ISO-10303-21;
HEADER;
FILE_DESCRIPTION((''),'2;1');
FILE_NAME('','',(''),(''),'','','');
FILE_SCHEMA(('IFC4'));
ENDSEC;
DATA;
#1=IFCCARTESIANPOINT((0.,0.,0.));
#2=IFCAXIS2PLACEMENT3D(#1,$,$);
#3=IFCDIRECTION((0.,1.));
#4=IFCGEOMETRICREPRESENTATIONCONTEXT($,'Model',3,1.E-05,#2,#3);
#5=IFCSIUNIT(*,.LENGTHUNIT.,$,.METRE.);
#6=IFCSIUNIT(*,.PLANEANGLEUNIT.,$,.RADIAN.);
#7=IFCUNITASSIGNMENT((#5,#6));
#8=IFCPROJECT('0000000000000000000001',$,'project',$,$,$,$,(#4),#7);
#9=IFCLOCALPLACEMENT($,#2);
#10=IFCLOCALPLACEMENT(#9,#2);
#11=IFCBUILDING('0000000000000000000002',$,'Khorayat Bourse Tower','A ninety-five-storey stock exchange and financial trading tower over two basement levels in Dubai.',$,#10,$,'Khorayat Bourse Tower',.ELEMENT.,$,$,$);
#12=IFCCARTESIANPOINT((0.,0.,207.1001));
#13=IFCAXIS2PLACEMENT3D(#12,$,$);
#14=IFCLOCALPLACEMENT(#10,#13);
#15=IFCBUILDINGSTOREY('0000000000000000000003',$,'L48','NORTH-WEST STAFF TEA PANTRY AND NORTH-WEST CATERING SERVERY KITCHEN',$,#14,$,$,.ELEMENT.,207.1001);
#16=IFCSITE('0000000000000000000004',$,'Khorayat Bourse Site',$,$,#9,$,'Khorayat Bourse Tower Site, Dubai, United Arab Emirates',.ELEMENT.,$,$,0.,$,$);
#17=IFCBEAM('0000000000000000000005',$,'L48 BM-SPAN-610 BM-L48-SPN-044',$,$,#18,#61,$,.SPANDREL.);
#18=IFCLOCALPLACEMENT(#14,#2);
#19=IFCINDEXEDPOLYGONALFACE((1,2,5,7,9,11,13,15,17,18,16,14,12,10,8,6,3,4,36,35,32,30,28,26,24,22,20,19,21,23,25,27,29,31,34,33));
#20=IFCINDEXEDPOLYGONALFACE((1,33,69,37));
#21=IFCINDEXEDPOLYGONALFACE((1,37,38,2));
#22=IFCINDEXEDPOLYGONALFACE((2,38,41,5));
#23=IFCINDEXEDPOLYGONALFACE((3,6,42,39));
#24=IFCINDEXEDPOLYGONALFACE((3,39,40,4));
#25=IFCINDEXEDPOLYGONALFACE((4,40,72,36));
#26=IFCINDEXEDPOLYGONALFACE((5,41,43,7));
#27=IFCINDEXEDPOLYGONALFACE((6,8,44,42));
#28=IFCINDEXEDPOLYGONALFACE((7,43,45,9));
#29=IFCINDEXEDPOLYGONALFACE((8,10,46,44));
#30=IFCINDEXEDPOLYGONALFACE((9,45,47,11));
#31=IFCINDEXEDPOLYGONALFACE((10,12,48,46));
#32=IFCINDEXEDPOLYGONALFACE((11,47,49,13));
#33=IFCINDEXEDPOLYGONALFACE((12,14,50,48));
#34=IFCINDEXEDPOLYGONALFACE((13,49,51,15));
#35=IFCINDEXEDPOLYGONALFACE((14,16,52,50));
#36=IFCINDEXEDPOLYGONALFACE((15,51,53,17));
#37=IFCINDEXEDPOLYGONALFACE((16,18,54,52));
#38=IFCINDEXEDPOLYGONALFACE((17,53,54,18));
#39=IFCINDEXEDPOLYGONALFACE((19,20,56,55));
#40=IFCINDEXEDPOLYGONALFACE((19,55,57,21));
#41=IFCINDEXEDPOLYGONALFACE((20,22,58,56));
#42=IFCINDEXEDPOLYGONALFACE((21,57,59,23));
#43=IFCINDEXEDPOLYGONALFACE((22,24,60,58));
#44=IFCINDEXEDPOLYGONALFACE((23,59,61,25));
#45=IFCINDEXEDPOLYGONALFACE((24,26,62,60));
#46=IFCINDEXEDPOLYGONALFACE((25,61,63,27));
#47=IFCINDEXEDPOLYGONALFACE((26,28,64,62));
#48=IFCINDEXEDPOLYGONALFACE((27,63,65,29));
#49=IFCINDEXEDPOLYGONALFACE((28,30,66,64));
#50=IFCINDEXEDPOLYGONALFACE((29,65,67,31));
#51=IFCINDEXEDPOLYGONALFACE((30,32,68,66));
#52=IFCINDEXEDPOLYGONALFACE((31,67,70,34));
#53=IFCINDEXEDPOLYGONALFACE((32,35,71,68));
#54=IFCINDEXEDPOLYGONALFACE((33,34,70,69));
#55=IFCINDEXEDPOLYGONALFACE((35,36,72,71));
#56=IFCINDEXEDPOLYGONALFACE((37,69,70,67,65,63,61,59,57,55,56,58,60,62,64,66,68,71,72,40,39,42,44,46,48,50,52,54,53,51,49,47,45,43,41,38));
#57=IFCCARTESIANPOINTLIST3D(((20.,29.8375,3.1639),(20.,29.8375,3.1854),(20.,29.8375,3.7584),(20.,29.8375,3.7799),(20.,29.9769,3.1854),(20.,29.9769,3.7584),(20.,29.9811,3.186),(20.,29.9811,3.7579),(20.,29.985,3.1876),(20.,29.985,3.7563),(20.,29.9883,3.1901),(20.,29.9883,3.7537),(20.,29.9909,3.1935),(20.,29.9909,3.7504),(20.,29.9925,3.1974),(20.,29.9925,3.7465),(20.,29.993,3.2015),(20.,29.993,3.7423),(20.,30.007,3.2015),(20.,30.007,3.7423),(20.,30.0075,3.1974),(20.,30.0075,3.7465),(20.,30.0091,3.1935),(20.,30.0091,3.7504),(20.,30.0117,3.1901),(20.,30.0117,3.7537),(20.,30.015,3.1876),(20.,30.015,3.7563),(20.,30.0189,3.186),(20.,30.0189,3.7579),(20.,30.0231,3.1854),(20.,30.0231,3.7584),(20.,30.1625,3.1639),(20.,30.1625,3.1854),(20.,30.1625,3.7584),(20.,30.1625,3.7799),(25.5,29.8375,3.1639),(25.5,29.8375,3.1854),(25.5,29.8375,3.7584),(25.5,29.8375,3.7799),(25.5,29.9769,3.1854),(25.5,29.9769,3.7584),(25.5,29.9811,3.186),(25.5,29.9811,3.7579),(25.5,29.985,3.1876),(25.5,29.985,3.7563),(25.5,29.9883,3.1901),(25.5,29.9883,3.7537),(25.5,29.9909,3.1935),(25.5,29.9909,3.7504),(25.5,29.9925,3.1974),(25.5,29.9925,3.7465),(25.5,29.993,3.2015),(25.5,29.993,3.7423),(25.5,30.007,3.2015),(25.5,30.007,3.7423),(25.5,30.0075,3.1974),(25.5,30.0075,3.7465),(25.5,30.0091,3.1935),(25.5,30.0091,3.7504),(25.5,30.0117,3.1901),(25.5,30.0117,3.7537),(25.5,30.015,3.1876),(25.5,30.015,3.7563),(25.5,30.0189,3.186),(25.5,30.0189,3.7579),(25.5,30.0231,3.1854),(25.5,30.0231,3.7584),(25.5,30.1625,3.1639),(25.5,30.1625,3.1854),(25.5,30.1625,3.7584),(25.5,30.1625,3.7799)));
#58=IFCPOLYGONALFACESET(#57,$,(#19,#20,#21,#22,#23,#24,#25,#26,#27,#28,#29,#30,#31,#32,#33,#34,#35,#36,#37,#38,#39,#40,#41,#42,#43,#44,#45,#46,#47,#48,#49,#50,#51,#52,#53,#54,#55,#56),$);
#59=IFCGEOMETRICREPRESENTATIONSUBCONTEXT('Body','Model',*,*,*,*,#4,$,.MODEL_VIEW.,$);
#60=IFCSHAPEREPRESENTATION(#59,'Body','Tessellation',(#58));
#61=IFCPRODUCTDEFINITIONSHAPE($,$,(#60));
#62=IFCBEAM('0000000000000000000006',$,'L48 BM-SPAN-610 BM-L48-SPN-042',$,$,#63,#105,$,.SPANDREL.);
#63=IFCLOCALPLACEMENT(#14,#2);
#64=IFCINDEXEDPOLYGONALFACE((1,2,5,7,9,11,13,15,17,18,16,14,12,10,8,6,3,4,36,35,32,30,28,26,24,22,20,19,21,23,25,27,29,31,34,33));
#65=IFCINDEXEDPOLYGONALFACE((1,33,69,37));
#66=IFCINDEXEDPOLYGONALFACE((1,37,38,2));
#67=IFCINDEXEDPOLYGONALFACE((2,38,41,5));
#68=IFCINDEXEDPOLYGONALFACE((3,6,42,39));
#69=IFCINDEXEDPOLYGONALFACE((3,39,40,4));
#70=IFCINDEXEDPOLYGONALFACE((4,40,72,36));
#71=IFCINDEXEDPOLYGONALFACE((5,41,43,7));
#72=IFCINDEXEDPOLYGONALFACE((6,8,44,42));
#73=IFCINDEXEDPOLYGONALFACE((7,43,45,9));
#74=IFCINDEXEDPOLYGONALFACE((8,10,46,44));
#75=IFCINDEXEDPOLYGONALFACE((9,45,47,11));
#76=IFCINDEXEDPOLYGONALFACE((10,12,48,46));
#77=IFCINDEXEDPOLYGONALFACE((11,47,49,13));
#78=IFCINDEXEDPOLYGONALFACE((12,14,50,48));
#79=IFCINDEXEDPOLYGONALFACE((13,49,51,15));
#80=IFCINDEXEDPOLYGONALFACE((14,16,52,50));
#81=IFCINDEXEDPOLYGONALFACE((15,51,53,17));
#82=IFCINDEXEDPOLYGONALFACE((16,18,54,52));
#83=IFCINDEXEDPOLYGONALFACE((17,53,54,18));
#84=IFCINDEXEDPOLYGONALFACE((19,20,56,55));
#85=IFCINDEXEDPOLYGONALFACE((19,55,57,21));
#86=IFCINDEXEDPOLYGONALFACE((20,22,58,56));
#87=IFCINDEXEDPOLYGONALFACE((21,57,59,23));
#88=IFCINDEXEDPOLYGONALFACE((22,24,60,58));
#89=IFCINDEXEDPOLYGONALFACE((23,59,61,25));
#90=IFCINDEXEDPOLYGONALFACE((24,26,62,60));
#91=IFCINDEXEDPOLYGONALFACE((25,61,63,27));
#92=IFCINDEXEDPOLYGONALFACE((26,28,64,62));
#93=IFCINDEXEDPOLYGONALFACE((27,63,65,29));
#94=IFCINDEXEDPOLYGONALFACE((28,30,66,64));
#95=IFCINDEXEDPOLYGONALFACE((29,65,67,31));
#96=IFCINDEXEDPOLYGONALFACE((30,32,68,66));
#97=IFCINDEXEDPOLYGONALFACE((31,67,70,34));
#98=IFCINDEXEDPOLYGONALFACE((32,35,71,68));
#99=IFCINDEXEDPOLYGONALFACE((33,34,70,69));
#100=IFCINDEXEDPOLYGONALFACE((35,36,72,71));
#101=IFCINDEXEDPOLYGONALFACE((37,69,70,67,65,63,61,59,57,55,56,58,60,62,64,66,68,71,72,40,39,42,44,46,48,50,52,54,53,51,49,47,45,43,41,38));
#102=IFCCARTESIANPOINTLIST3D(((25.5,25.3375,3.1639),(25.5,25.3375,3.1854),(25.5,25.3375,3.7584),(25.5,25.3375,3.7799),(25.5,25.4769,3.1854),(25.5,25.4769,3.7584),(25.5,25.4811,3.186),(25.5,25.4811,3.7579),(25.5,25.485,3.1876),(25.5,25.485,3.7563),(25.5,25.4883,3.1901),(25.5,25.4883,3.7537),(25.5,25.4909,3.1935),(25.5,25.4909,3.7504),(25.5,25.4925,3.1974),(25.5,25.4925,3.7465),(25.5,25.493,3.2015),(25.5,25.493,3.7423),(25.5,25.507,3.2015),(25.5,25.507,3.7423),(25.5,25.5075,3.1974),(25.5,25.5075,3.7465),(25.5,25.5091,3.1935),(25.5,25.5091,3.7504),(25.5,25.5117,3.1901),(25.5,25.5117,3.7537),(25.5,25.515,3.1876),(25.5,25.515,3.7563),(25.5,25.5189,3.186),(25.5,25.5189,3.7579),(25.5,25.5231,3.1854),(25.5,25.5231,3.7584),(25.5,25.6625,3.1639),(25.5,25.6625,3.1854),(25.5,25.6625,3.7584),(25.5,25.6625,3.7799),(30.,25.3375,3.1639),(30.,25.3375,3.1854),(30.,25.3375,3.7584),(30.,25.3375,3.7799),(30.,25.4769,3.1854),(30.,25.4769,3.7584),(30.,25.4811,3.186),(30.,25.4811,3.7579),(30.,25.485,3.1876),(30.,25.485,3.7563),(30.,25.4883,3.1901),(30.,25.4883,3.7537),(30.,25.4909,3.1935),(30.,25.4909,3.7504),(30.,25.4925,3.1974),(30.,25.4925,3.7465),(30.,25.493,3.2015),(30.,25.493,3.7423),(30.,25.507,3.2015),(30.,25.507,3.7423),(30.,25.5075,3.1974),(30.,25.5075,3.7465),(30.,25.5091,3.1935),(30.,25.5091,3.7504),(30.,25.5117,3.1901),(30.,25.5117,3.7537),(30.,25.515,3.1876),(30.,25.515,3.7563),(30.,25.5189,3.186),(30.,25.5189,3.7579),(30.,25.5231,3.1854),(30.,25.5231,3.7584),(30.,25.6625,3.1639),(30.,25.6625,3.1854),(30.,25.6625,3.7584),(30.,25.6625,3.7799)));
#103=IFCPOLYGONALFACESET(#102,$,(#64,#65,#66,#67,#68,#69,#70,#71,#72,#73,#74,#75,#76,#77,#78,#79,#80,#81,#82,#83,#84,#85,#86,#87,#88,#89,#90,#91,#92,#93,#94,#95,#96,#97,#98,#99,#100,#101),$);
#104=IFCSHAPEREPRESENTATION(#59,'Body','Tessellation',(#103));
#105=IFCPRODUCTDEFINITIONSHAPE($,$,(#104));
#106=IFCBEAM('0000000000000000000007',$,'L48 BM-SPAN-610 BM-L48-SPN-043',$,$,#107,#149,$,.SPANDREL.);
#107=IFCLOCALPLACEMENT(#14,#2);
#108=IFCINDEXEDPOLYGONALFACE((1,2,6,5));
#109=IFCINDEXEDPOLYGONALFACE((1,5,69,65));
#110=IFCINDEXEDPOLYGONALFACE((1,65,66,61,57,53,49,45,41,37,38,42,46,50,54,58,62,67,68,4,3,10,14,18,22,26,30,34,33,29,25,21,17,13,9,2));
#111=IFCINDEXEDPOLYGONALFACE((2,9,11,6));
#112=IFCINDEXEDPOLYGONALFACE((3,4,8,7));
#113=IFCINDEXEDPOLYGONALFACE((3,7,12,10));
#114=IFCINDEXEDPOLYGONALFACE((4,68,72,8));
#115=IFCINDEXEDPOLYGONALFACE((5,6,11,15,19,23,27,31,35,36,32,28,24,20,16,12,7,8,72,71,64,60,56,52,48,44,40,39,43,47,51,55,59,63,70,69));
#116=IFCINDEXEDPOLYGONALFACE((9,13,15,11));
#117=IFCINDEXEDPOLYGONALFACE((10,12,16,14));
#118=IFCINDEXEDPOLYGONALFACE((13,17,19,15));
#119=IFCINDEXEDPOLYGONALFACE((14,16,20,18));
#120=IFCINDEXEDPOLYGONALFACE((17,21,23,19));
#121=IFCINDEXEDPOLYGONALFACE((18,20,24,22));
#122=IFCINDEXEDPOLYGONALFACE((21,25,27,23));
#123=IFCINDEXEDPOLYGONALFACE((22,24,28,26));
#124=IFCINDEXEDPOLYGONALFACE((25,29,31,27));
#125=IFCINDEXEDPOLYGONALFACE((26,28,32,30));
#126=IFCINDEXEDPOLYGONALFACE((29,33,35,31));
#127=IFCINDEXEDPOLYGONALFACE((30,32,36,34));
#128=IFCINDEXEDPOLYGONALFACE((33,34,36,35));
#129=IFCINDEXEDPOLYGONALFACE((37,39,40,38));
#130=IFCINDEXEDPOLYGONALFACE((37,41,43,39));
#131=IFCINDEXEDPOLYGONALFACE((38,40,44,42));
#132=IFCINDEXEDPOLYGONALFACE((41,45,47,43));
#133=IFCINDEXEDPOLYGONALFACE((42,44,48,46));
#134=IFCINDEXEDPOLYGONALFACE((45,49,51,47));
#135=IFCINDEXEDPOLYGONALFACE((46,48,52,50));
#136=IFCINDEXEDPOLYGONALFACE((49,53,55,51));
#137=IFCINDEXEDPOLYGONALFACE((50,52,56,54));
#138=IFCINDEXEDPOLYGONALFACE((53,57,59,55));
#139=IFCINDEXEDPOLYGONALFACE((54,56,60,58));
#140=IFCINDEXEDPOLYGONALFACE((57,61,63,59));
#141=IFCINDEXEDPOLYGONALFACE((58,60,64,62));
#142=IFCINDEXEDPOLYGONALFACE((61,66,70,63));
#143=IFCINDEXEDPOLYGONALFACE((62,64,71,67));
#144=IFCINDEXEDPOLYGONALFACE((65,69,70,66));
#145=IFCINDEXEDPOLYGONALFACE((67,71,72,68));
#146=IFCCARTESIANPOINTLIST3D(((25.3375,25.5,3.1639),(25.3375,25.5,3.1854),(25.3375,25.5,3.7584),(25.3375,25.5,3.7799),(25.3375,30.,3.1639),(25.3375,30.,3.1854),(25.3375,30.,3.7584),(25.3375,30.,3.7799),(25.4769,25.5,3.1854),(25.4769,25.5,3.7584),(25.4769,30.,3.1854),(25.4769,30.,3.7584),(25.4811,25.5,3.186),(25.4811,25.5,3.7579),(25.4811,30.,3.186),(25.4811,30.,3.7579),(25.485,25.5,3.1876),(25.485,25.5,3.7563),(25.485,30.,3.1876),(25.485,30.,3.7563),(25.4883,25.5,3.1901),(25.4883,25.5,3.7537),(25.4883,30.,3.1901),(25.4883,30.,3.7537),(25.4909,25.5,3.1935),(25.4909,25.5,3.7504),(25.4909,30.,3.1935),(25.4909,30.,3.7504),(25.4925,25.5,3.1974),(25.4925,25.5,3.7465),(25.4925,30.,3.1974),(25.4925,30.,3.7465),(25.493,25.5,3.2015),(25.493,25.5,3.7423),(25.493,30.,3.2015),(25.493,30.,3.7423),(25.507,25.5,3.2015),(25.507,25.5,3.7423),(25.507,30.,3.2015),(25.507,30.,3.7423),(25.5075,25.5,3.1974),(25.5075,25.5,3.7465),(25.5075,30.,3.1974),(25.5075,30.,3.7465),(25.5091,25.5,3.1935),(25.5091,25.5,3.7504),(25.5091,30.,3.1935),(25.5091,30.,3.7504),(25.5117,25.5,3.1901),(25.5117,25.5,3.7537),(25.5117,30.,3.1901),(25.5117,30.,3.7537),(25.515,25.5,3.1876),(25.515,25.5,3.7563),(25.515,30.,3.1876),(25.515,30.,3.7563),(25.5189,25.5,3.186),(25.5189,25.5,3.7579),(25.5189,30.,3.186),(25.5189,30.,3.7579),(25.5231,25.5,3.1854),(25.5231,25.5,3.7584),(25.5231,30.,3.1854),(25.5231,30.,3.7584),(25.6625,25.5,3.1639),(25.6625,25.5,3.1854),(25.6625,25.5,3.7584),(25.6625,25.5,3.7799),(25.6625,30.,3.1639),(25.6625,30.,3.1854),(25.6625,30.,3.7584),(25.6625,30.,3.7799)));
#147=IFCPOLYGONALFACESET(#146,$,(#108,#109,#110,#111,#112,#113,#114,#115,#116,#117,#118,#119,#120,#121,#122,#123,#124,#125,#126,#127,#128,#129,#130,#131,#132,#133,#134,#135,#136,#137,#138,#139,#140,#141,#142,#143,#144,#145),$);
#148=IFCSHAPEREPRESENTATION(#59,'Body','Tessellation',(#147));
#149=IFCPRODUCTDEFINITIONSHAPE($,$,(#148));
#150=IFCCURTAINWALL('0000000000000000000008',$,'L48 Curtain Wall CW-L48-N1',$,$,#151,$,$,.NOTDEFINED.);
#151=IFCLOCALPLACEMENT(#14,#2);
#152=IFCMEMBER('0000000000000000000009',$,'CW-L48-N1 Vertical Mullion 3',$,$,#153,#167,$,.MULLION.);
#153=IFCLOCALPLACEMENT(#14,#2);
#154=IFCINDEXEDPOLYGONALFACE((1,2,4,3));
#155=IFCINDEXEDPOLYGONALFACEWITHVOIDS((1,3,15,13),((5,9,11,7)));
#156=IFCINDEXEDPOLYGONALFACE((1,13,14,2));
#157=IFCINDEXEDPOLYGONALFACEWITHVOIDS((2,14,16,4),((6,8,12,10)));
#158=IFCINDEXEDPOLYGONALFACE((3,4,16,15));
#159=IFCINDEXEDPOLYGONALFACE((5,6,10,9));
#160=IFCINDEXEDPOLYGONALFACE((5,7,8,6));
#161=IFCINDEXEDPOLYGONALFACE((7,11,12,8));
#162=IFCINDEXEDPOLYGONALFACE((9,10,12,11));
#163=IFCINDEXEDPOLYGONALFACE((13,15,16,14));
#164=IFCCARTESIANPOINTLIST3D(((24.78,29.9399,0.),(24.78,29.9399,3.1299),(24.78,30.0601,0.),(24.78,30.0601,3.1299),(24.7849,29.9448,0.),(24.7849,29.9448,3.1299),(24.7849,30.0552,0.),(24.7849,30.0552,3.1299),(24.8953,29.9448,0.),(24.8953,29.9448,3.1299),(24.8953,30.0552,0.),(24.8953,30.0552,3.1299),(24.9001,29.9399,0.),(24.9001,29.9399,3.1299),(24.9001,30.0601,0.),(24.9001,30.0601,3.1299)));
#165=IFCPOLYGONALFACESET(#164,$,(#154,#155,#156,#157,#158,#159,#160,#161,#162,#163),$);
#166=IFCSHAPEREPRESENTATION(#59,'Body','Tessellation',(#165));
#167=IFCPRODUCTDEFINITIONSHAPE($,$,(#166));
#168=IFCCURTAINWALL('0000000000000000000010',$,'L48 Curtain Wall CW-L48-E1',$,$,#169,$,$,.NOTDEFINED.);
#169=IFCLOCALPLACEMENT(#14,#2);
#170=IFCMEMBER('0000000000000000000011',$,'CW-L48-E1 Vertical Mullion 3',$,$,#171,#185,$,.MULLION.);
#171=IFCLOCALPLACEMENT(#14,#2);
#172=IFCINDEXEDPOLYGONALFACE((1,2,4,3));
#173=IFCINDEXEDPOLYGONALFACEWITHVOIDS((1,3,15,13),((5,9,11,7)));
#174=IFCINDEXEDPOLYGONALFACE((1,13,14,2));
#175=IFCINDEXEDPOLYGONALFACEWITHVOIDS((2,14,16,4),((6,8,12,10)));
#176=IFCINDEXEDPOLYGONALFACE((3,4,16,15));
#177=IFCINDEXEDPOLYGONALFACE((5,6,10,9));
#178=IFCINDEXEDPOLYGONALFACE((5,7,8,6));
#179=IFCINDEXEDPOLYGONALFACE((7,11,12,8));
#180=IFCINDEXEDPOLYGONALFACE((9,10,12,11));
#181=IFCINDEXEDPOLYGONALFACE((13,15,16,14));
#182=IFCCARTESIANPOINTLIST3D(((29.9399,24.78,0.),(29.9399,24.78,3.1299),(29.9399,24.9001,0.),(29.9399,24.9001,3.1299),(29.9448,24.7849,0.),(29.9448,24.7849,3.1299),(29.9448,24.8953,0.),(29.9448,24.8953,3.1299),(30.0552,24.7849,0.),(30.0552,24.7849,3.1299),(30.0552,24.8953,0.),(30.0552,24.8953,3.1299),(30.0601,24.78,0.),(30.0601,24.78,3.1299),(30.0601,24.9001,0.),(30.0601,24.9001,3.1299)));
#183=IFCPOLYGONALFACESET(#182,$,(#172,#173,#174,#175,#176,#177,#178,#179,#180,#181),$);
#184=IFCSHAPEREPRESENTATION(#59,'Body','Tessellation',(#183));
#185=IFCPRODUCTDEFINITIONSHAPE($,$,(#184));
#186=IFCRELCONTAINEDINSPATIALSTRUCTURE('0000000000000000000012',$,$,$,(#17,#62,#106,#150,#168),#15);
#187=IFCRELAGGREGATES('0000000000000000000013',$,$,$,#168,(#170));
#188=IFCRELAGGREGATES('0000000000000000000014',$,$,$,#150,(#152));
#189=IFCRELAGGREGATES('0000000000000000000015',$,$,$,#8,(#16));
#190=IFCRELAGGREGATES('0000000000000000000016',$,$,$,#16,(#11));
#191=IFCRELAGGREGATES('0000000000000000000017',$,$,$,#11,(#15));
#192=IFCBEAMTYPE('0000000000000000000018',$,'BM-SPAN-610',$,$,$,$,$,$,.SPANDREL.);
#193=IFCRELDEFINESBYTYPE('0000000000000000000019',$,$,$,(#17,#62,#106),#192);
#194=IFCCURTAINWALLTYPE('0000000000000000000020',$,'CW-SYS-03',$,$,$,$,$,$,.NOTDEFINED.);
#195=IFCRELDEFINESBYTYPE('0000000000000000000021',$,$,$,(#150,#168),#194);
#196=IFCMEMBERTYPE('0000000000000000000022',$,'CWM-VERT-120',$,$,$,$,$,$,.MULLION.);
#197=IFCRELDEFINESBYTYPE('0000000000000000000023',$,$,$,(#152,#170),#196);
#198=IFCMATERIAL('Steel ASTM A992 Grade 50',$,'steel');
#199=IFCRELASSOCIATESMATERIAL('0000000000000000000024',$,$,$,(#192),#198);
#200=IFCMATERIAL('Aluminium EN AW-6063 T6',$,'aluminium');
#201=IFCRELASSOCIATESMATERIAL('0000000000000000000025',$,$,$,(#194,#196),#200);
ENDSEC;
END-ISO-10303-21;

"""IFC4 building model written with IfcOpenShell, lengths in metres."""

from ifc_helpers import new_model, si_unit, direction, frame, origin, origin_2d, place, context, subcontext, project, spatial, hollow_rectangle, i_section, extrude, source, transform, mapped, material, material_profile, profile_set, type_object, element, aggregate, save


model = new_model("IFC4")

# Units and contexts
model_context = context("Model", 3, precision=1e-05, world=origin(), true_north=direction((0.0, 1.0)))
body_context = subcontext(model_context, "Body", "Model", "MODEL_VIEW")
ifc_project = project(units=[si_unit("LENGTHUNIT", "METRE"), si_unit("PLANEANGLEUNIT", "RADIAN")], contexts=[model_context])

# Site, building, storey
site_placement = place(None, origin())
site = spatial("IfcSite", under=ifc_project, at=site_placement, Name="Khorayat Bourse Site", LongName="Khorayat Bourse Tower Site, Dubai, United Arab Emirates", CompositionType="ELEMENT", RefElevation=0.0)
building_placement = place(site_placement, origin())
building = spatial("IfcBuilding", under=site, at=building_placement, Name="Khorayat Bourse Tower", Description="A ninety-five-storey stock exchange and financial trading tower over two basement levels in Dubai.", LongName="Khorayat Bourse Tower", CompositionType="ELEMENT")
storey_placement = place(building_placement, frame((0.0, 0.0, 207.1001)))
storey = spatial("IfcBuildingStorey", under=building, at=storey_placement, Name="L48", Description="NORTH-WEST STAFF TEA PANTRY AND NORTH-WEST CATERING SERVERY KITCHEN", CompositionType="ELEMENT", Elevation=207.1001)

# Beams
ifc_material_1 = material(Name="Steel ASTM A992 Grade 50", Category="steel")
ifc_material_profile_1 = material_profile(ifc_material_1, i_section(OverallWidth=0.325, OverallDepth=0.616, WebThickness=0.0139, FlangeThickness=0.0215, FilletRadius=0.0161, at=origin_2d()), Name="W610X174")
ifc_profile_set_1 = profile_set([ifc_material_profile_1], Name="Steel ASTM A992 Grade 50")
beam_type_1 = type_object("IfcBeamType", Name="BM-SPAN-610", PredefinedType="SPANDREL", material=ifc_profile_set_1)
shared_shape_1 = source(origin(), body_context, "Body", "SweptSolid", [
    extrude(i_section(OverallWidth=0.325, OverallDepth=0.616, WebThickness=0.0139, FlangeThickness=0.0215, FilletRadius=0.0161, at=origin_2d()), origin(), (0.0, 0.0, 1.0), 5.5),
])
for number, where, z_axis, x_axis, name in (
    (1, (20.0, 30.0, 3.4719), (1.0, 0.0, 0.0), (0.0, 1.0, 0.0), "L48 BM-SPAN-610 BM-L48-SPN-044"),
):
    element("IfcBeam", number, at=place(storey_placement, frame(where, z_axis=z_axis, x_axis=x_axis)), inside=storey, type_object=beam_type_1, Name=name, PredefinedType="SPANDREL", context=body_context, shape_type="MappedRepresentation", body=[
        mapped(shared_shape_1, transform((0.0, 0.0, 0.0), scale=1.0)),
    ])
shared_shape_2 = source(origin(), body_context, "Body", "SweptSolid", [
    extrude(i_section(OverallWidth=0.325, OverallDepth=0.616, WebThickness=0.0139, FlangeThickness=0.0215, FilletRadius=0.0161, at=origin_2d()), origin(), (0.0, 0.0, 1.0), 4.5),
])
for number, where, z_axis, x_axis, name in (
    (2, (25.5, 25.5, 3.4719), (1.0, 0.0, 0.0), (0.0, 1.0, 0.0), "L48 BM-SPAN-610 BM-L48-SPN-042"),
    (3, (25.5, 25.5, 3.4719), (0.0, 1.0, 0.0), (-1.0, 0.0, 0.0), "L48 BM-SPAN-610 BM-L48-SPN-043"),
):
    element("IfcBeam", number, at=place(storey_placement, frame(where, z_axis=z_axis, x_axis=x_axis)), inside=storey, type_object=beam_type_1, Name=name, PredefinedType="SPANDREL", context=body_context, shape_type="MappedRepresentation", body=[
        mapped(shared_shape_2, transform((0.0, 0.0, 0.0), scale=1.0)),
    ])

# Curtain walls, members
ifc_material_2 = material(Name="Aluminium EN AW-6063 T6", Category="aluminium")
curtain_wall_type = type_object("IfcCurtainWallType", Name="CW-SYS-03", PredefinedType="NOTDEFINED", material=ifc_material_2)
curtain_wall_1_placement = place(storey_placement, origin())
curtain_wall_1 = element("IfcCurtainWall", 4, at=curtain_wall_1_placement, inside=storey, type_object=curtain_wall_type, Name="L48 Curtain Wall CW-L48-N1", PredefinedType="NOTDEFINED")
ifc_material_profile_2 = material_profile(ifc_material_2, hollow_rectangle(XDim=0.1201, YDim=0.1201, WallThickness=0.0049, at=origin_2d()), Name="ALU 120x120x5")
ifc_profile_set_2 = profile_set([ifc_material_profile_2], Name="Aluminium EN AW-6063 T6")
member_type_1 = type_object("IfcMemberType", Name="CWM-VERT-120", PredefinedType="MULLION", material=ifc_profile_set_2)
shared_shape_3 = source(origin(), body_context, "Body", "SweptSolid", [
    extrude(hollow_rectangle(XDim=0.1201, YDim=0.1201, WallThickness=0.0049, at=origin_2d()), origin(), (0.0, 0.0, 1.0), 3.1299),
])
member_1_placement = place(storey_placement, frame((24.8401, 30.0, 0.0), z_axis=(0.0, 0.0, 1.0), x_axis=(0.0, 1.0, 0.0)))
member_1 = element("IfcMember", 5, at=member_1_placement, type_object=member_type_1, Name="CW-L48-N1 Vertical Mullion 3", PredefinedType="MULLION", context=body_context, shape_type="MappedRepresentation", body=[
    mapped(shared_shape_3, transform((0.0, 0.0, 0.0), scale=1.0)),
])
curtain_wall_2_placement = place(storey_placement, origin())
curtain_wall_2 = element("IfcCurtainWall", 6, at=curtain_wall_2_placement, inside=storey, type_object=curtain_wall_type, Name="L48 Curtain Wall CW-L48-E1", PredefinedType="NOTDEFINED")
member_2_placement = place(storey_placement, frame((30.0, 24.8401, 0.0), z_axis=(0.0, 0.0, 1.0), x_axis=(-1.0, 0.0, 0.0)))
member_2 = element("IfcMember", 7, at=member_2_placement, type_object=member_type_1, Name="CW-L48-E1 Vertical Mullion 3", PredefinedType="MULLION", context=body_context, shape_type="MappedRepresentation", body=[
    mapped(shared_shape_3, transform((0.0, 0.0, 0.0), scale=1.0)),
])
aggregate(curtain_wall_2, [member_2])

aggregate(curtain_wall_1, [member_1])

save(model, "model.ifc")
